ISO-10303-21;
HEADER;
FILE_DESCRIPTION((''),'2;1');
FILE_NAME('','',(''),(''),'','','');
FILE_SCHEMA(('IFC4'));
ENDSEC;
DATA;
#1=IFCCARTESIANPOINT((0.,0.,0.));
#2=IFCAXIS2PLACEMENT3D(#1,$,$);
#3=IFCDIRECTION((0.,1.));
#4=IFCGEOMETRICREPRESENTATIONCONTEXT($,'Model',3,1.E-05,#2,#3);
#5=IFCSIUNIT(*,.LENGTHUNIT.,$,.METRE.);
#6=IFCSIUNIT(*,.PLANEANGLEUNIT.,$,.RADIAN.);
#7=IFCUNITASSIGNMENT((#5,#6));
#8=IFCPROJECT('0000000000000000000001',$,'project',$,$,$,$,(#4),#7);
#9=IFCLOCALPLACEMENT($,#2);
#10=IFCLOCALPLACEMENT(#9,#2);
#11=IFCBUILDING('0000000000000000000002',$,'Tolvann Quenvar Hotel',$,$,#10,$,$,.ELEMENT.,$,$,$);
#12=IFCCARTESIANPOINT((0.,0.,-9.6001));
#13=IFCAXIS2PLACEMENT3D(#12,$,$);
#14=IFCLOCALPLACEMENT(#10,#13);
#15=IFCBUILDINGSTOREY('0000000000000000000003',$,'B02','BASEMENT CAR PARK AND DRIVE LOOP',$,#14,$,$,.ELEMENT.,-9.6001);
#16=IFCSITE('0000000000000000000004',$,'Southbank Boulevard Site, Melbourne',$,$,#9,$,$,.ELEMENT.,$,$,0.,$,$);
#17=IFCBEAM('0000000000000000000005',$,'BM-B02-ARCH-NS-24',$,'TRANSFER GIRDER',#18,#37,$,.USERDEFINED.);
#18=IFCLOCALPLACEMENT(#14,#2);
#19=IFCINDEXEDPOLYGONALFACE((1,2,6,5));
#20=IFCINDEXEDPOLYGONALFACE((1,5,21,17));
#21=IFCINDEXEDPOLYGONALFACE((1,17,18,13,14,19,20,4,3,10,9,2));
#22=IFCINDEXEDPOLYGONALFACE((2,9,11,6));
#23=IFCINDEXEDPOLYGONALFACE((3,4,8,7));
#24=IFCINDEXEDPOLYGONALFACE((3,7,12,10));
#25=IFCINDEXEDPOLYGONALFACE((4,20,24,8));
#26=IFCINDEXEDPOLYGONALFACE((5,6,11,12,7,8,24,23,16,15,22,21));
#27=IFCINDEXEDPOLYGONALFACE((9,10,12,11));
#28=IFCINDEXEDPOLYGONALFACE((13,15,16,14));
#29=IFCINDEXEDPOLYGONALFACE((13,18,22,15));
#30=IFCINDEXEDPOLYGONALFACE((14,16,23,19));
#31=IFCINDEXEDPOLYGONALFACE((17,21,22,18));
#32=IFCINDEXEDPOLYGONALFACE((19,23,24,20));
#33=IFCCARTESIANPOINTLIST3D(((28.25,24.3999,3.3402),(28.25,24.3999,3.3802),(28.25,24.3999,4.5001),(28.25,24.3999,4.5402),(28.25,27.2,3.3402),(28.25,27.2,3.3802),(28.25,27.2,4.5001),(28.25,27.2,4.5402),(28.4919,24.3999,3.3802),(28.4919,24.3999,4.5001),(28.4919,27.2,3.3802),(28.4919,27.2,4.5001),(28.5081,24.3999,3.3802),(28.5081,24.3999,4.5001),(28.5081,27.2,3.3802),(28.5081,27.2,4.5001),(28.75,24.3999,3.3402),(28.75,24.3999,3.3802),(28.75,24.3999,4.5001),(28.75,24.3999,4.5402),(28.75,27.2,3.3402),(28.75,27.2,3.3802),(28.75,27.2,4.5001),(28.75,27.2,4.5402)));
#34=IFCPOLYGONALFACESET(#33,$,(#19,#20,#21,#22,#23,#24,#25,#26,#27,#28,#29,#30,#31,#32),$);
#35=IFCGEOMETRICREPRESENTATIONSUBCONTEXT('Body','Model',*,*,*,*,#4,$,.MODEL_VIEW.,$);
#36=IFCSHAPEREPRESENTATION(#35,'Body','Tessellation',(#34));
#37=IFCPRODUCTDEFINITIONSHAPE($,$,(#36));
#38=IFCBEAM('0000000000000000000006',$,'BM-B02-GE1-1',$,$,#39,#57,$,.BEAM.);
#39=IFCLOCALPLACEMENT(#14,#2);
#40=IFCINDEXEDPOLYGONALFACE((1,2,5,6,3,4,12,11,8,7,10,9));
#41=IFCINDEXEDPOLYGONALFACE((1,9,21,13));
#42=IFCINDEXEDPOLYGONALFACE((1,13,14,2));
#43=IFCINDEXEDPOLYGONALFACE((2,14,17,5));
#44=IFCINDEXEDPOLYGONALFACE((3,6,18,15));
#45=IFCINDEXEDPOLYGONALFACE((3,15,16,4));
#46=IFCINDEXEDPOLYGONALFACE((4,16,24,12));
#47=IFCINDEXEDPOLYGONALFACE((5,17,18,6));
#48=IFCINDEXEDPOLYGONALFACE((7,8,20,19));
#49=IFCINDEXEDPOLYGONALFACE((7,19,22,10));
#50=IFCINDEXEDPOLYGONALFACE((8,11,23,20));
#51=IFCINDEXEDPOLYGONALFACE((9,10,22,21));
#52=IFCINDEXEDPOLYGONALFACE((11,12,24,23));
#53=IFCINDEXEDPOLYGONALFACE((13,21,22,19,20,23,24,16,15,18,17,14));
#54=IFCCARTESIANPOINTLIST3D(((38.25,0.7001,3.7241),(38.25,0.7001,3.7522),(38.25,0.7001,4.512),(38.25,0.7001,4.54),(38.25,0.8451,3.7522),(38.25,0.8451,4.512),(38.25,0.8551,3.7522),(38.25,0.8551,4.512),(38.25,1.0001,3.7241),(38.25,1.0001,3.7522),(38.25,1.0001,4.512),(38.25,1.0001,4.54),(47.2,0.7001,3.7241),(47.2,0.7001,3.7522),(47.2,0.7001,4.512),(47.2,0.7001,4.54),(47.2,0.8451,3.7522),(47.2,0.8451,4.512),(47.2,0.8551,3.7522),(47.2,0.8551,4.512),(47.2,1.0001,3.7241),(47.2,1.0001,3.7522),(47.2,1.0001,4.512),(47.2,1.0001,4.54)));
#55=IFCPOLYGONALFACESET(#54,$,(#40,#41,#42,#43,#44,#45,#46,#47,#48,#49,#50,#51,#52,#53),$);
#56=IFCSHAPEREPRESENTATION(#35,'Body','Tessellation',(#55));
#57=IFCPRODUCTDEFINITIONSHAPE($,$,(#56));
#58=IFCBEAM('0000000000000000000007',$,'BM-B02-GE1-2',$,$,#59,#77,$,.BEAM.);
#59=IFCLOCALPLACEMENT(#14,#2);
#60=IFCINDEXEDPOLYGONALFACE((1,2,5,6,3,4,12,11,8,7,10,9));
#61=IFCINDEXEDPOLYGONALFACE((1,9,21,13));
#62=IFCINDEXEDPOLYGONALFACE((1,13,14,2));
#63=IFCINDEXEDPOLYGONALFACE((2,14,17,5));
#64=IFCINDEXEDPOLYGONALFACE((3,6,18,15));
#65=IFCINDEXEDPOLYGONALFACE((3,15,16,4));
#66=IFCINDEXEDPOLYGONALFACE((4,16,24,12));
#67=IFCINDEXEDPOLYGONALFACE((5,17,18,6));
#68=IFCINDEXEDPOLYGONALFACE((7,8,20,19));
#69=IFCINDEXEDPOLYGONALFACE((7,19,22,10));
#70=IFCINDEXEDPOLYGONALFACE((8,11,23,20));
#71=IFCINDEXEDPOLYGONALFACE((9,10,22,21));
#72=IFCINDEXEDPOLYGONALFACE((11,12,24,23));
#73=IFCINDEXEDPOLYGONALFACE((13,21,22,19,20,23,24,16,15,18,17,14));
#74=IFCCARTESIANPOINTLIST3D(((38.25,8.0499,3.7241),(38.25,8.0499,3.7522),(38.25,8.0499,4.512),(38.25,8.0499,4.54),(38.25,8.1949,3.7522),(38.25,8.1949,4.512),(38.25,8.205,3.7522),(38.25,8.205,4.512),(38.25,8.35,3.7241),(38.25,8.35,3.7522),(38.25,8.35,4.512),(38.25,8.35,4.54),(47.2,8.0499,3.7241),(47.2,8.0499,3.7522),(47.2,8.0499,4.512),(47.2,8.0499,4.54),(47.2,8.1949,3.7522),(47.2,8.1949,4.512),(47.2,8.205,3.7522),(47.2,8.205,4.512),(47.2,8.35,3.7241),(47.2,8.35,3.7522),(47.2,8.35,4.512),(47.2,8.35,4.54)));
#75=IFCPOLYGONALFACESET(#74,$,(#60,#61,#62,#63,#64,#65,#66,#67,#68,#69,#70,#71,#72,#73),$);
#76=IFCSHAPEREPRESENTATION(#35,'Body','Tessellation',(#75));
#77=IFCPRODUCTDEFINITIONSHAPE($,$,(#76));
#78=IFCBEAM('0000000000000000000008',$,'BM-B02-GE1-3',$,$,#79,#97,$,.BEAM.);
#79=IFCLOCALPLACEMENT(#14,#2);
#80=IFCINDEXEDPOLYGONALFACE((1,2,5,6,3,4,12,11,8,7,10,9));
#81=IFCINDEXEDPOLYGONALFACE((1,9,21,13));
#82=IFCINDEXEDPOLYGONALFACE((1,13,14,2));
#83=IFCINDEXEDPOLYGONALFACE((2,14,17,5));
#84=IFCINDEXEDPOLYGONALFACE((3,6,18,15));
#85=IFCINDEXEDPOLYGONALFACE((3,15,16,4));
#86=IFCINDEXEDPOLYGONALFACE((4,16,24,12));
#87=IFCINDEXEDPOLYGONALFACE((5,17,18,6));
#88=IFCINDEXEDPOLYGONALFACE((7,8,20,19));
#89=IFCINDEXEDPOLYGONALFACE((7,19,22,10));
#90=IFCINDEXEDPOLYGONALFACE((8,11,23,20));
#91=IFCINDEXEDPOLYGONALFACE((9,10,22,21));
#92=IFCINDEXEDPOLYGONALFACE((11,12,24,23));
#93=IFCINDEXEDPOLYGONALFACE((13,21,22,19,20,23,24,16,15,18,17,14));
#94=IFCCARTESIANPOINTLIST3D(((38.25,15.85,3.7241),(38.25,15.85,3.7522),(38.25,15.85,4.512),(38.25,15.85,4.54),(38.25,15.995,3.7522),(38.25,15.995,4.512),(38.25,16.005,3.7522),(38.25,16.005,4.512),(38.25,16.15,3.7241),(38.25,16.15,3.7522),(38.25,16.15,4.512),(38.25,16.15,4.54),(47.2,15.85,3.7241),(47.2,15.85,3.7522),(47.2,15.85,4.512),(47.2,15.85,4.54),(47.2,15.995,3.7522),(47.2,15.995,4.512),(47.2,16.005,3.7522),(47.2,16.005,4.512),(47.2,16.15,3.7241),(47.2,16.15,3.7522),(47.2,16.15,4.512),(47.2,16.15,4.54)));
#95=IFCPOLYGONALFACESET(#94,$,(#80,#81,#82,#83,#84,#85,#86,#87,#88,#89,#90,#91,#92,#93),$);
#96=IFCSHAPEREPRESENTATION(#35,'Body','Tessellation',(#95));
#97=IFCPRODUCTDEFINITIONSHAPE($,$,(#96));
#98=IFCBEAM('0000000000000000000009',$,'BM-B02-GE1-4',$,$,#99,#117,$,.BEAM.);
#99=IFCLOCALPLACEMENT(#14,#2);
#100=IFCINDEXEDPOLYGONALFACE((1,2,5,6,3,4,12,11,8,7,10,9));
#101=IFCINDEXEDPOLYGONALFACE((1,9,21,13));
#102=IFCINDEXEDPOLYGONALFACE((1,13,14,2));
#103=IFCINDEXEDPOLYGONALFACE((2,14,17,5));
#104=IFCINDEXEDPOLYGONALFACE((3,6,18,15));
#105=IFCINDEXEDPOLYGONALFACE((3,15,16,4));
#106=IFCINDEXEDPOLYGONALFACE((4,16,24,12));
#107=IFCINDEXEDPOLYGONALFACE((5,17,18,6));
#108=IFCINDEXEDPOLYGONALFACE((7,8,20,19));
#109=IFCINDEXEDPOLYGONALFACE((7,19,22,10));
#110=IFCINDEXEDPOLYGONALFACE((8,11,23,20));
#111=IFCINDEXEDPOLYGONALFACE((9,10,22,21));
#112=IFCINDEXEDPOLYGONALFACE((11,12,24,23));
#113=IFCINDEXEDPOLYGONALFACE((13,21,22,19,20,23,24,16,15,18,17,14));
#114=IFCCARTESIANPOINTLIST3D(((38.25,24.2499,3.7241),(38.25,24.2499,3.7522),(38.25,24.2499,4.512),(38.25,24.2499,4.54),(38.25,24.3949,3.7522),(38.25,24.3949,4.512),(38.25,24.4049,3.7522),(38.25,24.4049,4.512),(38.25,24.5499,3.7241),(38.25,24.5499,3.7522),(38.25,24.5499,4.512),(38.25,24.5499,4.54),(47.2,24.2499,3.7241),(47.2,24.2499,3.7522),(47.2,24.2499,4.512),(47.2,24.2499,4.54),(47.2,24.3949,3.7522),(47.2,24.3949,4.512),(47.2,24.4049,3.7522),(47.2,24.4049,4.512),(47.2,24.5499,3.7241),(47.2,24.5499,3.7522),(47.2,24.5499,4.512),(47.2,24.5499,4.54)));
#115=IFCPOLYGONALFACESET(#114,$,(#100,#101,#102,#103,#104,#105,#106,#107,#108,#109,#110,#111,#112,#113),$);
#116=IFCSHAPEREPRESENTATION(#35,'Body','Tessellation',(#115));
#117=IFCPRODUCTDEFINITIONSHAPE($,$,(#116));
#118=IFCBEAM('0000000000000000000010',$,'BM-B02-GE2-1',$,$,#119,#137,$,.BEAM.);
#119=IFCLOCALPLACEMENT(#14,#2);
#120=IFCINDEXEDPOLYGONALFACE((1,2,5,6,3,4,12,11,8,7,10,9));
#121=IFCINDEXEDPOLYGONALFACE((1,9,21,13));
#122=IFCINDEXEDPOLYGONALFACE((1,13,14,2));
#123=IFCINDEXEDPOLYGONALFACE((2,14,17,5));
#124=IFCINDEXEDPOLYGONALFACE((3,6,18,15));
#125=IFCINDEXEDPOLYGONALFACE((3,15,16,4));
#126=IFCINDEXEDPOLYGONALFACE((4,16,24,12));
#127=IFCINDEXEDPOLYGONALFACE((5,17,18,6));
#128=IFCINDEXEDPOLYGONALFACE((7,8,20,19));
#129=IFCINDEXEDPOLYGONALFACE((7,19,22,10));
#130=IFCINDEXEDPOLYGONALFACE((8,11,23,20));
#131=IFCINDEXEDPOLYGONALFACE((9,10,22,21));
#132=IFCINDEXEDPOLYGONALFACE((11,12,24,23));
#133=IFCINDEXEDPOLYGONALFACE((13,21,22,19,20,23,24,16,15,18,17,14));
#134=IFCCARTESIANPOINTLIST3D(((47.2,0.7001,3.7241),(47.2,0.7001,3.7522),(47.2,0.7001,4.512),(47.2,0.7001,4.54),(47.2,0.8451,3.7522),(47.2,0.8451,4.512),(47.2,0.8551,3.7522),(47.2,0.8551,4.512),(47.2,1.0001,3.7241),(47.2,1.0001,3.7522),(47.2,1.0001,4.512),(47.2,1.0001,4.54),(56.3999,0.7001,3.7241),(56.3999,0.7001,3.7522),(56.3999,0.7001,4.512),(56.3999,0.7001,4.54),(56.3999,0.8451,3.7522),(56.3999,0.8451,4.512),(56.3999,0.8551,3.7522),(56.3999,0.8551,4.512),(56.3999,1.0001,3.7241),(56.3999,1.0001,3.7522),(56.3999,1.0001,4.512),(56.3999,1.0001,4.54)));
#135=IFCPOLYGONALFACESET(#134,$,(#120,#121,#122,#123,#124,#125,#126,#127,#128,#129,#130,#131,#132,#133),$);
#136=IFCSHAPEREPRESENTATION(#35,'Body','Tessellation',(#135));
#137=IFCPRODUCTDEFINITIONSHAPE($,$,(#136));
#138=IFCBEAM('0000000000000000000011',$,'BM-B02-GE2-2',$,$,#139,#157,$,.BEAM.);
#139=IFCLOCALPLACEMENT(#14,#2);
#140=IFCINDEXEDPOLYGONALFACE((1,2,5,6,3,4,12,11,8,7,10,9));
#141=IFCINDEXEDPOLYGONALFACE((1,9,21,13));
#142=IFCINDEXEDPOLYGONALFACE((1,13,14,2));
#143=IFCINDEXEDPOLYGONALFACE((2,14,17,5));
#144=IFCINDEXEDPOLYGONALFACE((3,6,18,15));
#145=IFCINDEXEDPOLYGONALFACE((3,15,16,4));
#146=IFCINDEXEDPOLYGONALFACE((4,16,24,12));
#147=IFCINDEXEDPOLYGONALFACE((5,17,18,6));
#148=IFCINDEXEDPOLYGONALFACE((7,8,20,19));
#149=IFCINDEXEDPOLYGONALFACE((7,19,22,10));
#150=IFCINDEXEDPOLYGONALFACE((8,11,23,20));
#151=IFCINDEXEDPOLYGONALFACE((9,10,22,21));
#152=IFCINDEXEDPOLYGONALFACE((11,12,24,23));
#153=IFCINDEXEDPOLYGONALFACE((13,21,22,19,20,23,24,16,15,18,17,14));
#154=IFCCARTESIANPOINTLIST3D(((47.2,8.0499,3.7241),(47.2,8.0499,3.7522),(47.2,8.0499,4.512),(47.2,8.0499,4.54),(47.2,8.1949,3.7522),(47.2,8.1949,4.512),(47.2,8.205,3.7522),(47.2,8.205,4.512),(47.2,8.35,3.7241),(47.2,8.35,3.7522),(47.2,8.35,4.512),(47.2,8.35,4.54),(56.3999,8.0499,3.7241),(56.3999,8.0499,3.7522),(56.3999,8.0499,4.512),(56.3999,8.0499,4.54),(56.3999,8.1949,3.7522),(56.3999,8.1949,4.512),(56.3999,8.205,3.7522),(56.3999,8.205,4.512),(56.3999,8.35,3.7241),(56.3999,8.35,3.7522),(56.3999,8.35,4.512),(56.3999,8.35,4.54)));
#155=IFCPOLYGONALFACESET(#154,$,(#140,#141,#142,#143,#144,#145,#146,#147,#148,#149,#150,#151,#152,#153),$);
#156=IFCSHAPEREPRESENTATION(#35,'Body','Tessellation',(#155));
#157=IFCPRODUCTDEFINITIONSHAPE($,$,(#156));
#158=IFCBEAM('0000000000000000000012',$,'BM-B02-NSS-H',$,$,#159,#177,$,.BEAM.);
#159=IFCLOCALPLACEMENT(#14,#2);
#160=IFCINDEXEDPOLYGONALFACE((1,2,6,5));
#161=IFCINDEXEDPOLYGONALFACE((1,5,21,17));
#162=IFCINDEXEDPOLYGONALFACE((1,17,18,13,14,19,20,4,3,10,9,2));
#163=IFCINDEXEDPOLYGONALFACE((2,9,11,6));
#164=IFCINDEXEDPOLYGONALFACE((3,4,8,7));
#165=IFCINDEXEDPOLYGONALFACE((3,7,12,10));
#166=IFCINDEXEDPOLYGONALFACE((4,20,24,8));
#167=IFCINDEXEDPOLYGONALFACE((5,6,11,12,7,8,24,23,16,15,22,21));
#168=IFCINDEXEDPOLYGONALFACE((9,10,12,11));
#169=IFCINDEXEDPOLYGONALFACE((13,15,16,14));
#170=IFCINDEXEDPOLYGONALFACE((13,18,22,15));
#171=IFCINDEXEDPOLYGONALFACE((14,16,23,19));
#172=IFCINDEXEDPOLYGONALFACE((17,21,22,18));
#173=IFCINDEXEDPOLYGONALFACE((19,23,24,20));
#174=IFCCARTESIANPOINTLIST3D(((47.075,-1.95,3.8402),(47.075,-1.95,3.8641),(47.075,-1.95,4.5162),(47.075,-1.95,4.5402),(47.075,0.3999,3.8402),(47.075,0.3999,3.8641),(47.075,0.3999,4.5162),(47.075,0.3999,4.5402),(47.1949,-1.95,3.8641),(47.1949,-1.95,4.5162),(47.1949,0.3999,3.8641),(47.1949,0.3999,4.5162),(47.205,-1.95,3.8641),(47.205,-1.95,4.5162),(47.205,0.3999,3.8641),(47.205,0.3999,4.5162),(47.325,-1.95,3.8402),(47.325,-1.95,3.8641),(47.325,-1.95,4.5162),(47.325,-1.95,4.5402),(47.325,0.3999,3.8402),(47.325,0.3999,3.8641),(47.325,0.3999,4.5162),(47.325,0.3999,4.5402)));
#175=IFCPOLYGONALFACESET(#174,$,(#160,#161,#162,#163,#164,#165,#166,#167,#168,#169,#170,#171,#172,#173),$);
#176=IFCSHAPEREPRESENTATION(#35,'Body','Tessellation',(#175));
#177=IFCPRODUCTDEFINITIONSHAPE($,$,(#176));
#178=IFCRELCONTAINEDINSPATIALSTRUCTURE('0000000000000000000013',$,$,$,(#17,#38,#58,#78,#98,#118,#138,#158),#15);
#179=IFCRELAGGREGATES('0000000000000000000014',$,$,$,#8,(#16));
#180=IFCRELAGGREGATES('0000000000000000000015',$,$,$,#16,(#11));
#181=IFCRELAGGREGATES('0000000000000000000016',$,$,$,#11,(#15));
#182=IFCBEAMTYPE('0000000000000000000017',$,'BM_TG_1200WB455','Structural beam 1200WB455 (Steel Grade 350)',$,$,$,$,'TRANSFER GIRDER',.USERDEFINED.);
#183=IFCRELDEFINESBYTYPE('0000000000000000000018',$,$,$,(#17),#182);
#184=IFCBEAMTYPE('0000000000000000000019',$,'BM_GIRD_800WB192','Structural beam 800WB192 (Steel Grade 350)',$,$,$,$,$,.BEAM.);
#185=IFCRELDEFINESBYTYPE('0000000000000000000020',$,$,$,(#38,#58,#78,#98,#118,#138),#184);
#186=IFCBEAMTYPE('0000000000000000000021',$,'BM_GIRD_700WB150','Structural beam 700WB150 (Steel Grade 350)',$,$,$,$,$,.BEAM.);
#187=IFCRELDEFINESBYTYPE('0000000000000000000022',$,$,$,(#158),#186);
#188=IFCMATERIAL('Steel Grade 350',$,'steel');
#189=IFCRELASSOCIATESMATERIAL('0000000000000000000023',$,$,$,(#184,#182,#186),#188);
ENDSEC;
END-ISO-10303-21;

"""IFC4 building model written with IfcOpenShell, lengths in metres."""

from ifc_helpers import new_model, si_unit, direction, frame, origin, origin_2d, place, context, subcontext, project, spatial, i_section, extrude, source, transform, mapped, material, material_profile, profile_set, type_object, element, save


model = new_model("IFC4")

# Units and contexts
model_context = context("Model", 3, precision=1e-05, world=origin(), true_north=direction((0.0, 1.0)))
body_context = subcontext(model_context, "Body", "Model", "MODEL_VIEW")
ifc_project = project(units=[si_unit("LENGTHUNIT", "METRE"), si_unit("PLANEANGLEUNIT", "RADIAN")], contexts=[model_context])

# Site, building, storey
site_placement = place(None, origin())
site = spatial("IfcSite", under=ifc_project, at=site_placement, Name="Southbank Boulevard Site, Melbourne", CompositionType="ELEMENT", RefElevation=0.0)
building_placement = place(site_placement, origin())
building = spatial("IfcBuilding", under=site, at=building_placement, Name="Tolvann Quenvar Hotel", CompositionType="ELEMENT")
storey_placement = place(building_placement, frame((0.0, 0.0, -9.6001)))
storey = spatial("IfcBuildingStorey", under=building, at=storey_placement, Name="B02", Description="BASEMENT CAR PARK AND DRIVE LOOP", CompositionType="ELEMENT", Elevation=-9.6001)

# Beams
ifc_material_1 = material(Name="Steel Grade 350", Category="steel")
ifc_material_profile_1 = material_profile(ifc_material_1, i_section(OverallWidth=0.3, OverallDepth=0.8159, WebThickness=0.01, FlangeThickness=0.0281, at=origin_2d()), Name="800WB192")
ifc_profile_set_1 = profile_set([ifc_material_profile_1], Name="Steel Grade 350")
beam_type_1 = type_object("IfcBeamType", Name="BM_GIRD_800WB192", Description="Structural beam 800WB192 (Steel Grade 350)", PredefinedType="BEAM", material=ifc_profile_set_1)
ifc_material_profile_2 = material_profile(ifc_material_1, i_section(OverallWidth=0.5, OverallDepth=1.2, WebThickness=0.0161, FlangeThickness=0.04, at=origin_2d()), Name="1200WB455")
ifc_profile_set_2 = profile_set([ifc_material_profile_2], Name="Steel Grade 350")
beam_type_2 = type_object("IfcBeamType", Name="BM_TG_1200WB455", Description="Structural beam 1200WB455 (Steel Grade 350)", ElementType="TRANSFER GIRDER", PredefinedType="USERDEFINED", material=ifc_profile_set_2)
shared_shape_1 = source(origin(), body_context, "Body", "SweptSolid", [
    extrude(i_section(OverallWidth=0.5, OverallDepth=1.2, WebThickness=0.0161, FlangeThickness=0.04, at=origin_2d()), origin(), (0.0, 0.0, 1.0), 2.8),
])
beam_1_placement = place(storey_placement, frame((28.5, 24.3999, 3.9402), z_axis=(0.0, 1.0, 0.0), x_axis=(-1.0, 0.0, 0.0)))
element("IfcBeam", 1, at=beam_1_placement, inside=storey, type_object=beam_type_2, Name="BM-B02-ARCH-NS-24", ObjectType="TRANSFER GIRDER", PredefinedType="USERDEFINED", context=body_context, shape_type="MappedRepresentation", body=[
    mapped(shared_shape_1, transform((0.0, 0.0, 0.0), x_axis=(1.0, 0.0, 0.0), y_axis=(0.0, 1.0, 0.0), z_axis=(0.0, 0.0, 1.0), scale=1.0)),
])
shared_shape_2 = source(origin(), body_context, "Body", "SweptSolid", [
    extrude(i_section(OverallWidth=0.3, OverallDepth=0.8159, WebThickness=0.01, FlangeThickness=0.0281, at=origin_2d()), origin(), (0.0, 0.0, 1.0), 8.95),
])
for number, where, z_axis, x_axis, name in (
    (2, (38.25, 0.8501, 4.1321), (1.0, 0.0, 0.0), (0.0, 1.0, 0.0), "BM-B02-GE1-1"),
    (3, (38.25, 8.2, 4.1321), (1.0, 0.0, 0.0), (0.0, 1.0, 0.0), "BM-B02-GE1-2"),
    (4, (38.25, 16.0, 4.1321), (1.0, 0.0, 0.0), (0.0, 1.0, 0.0), "BM-B02-GE1-3"),
    (5, (38.25, 24.3999, 4.1321), (1.0, 0.0, 0.0), (0.0, 1.0, 0.0), "BM-B02-GE1-4"),
):
    element("IfcBeam", number, at=place(storey_placement, frame(where, z_axis=z_axis, x_axis=x_axis)), inside=storey, type_object=beam_type_1, Name=name, PredefinedType="BEAM", context=body_context, shape_type="MappedRepresentation", body=[
        mapped(shared_shape_2, transform((0.0, 0.0, 0.0), x_axis=(1.0, 0.0, 0.0), y_axis=(0.0, 1.0, 0.0), z_axis=(0.0, 0.0, 1.0), scale=1.0)),
    ])
shared_shape_3 = source(origin(), body_context, "Body", "SweptSolid", [
    extrude(i_section(OverallWidth=0.3, OverallDepth=0.8159, WebThickness=0.01, FlangeThickness=0.0281, at=origin_2d()), origin(), (0.0, 0.0, 1.0), 9.2),
])
for number, where, z_axis, x_axis, name in (
    (6, (47.2, 0.8501, 4.1321), (1.0, 0.0, 0.0), (0.0, 1.0, 0.0), "BM-B02-GE2-1"),
    (7, (47.2, 8.2, 4.1321), (1.0, 0.0, 0.0), (0.0, 1.0, 0.0), "BM-B02-GE2-2"),
):
    element("IfcBeam", number, at=place(storey_placement, frame(where, z_axis=z_axis, x_axis=x_axis)), inside=storey, type_object=beam_type_1, Name=name, PredefinedType="BEAM", context=body_context, shape_type="MappedRepresentation", body=[
        mapped(shared_shape_3, transform((0.0, 0.0, 0.0), x_axis=(1.0, 0.0, 0.0), y_axis=(0.0, 1.0, 0.0), z_axis=(0.0, 0.0, 1.0), scale=1.0)),
    ])
ifc_material_profile_3 = material_profile(ifc_material_1, i_section(OverallWidth=0.25, OverallDepth=0.7, WebThickness=0.01, FlangeThickness=0.0239, at=origin_2d()), Name="700WB150")
ifc_profile_set_3 = profile_set([ifc_material_profile_3], Name="Steel Grade 350")
beam_type_3 = type_object("IfcBeamType", Name="BM_GIRD_700WB150", Description="Structural beam 700WB150 (Steel Grade 350)", PredefinedType="BEAM", material=ifc_profile_set_3)
shared_shape_4 = source(origin(), body_context, "Body", "SweptSolid", [
    extrude(i_section(OverallWidth=0.25, OverallDepth=0.7, WebThickness=0.01, FlangeThickness=0.0239, at=origin_2d()), origin(), (0.0, 0.0, 1.0), 2.3499),
])
beam_2_placement = place(storey_placement, frame((47.2, -1.95, 4.1902), z_axis=(0.0, 1.0, 0.0), x_axis=(-1.0, 0.0, 0.0)))
element("IfcBeam", 8, at=beam_2_placement, inside=storey, type_object=beam_type_3, Name="BM-B02-NSS-H", PredefinedType="BEAM", context=body_context, shape_type="MappedRepresentation", body=[
    mapped(shared_shape_4, transform((0.0, 0.0, 0.0), x_axis=(1.0, 0.0, 0.0), y_axis=(0.0, 1.0, 0.0), z_axis=(0.0, 0.0, 1.0), scale=1.0)),
])

save(model, "model.ifc")
